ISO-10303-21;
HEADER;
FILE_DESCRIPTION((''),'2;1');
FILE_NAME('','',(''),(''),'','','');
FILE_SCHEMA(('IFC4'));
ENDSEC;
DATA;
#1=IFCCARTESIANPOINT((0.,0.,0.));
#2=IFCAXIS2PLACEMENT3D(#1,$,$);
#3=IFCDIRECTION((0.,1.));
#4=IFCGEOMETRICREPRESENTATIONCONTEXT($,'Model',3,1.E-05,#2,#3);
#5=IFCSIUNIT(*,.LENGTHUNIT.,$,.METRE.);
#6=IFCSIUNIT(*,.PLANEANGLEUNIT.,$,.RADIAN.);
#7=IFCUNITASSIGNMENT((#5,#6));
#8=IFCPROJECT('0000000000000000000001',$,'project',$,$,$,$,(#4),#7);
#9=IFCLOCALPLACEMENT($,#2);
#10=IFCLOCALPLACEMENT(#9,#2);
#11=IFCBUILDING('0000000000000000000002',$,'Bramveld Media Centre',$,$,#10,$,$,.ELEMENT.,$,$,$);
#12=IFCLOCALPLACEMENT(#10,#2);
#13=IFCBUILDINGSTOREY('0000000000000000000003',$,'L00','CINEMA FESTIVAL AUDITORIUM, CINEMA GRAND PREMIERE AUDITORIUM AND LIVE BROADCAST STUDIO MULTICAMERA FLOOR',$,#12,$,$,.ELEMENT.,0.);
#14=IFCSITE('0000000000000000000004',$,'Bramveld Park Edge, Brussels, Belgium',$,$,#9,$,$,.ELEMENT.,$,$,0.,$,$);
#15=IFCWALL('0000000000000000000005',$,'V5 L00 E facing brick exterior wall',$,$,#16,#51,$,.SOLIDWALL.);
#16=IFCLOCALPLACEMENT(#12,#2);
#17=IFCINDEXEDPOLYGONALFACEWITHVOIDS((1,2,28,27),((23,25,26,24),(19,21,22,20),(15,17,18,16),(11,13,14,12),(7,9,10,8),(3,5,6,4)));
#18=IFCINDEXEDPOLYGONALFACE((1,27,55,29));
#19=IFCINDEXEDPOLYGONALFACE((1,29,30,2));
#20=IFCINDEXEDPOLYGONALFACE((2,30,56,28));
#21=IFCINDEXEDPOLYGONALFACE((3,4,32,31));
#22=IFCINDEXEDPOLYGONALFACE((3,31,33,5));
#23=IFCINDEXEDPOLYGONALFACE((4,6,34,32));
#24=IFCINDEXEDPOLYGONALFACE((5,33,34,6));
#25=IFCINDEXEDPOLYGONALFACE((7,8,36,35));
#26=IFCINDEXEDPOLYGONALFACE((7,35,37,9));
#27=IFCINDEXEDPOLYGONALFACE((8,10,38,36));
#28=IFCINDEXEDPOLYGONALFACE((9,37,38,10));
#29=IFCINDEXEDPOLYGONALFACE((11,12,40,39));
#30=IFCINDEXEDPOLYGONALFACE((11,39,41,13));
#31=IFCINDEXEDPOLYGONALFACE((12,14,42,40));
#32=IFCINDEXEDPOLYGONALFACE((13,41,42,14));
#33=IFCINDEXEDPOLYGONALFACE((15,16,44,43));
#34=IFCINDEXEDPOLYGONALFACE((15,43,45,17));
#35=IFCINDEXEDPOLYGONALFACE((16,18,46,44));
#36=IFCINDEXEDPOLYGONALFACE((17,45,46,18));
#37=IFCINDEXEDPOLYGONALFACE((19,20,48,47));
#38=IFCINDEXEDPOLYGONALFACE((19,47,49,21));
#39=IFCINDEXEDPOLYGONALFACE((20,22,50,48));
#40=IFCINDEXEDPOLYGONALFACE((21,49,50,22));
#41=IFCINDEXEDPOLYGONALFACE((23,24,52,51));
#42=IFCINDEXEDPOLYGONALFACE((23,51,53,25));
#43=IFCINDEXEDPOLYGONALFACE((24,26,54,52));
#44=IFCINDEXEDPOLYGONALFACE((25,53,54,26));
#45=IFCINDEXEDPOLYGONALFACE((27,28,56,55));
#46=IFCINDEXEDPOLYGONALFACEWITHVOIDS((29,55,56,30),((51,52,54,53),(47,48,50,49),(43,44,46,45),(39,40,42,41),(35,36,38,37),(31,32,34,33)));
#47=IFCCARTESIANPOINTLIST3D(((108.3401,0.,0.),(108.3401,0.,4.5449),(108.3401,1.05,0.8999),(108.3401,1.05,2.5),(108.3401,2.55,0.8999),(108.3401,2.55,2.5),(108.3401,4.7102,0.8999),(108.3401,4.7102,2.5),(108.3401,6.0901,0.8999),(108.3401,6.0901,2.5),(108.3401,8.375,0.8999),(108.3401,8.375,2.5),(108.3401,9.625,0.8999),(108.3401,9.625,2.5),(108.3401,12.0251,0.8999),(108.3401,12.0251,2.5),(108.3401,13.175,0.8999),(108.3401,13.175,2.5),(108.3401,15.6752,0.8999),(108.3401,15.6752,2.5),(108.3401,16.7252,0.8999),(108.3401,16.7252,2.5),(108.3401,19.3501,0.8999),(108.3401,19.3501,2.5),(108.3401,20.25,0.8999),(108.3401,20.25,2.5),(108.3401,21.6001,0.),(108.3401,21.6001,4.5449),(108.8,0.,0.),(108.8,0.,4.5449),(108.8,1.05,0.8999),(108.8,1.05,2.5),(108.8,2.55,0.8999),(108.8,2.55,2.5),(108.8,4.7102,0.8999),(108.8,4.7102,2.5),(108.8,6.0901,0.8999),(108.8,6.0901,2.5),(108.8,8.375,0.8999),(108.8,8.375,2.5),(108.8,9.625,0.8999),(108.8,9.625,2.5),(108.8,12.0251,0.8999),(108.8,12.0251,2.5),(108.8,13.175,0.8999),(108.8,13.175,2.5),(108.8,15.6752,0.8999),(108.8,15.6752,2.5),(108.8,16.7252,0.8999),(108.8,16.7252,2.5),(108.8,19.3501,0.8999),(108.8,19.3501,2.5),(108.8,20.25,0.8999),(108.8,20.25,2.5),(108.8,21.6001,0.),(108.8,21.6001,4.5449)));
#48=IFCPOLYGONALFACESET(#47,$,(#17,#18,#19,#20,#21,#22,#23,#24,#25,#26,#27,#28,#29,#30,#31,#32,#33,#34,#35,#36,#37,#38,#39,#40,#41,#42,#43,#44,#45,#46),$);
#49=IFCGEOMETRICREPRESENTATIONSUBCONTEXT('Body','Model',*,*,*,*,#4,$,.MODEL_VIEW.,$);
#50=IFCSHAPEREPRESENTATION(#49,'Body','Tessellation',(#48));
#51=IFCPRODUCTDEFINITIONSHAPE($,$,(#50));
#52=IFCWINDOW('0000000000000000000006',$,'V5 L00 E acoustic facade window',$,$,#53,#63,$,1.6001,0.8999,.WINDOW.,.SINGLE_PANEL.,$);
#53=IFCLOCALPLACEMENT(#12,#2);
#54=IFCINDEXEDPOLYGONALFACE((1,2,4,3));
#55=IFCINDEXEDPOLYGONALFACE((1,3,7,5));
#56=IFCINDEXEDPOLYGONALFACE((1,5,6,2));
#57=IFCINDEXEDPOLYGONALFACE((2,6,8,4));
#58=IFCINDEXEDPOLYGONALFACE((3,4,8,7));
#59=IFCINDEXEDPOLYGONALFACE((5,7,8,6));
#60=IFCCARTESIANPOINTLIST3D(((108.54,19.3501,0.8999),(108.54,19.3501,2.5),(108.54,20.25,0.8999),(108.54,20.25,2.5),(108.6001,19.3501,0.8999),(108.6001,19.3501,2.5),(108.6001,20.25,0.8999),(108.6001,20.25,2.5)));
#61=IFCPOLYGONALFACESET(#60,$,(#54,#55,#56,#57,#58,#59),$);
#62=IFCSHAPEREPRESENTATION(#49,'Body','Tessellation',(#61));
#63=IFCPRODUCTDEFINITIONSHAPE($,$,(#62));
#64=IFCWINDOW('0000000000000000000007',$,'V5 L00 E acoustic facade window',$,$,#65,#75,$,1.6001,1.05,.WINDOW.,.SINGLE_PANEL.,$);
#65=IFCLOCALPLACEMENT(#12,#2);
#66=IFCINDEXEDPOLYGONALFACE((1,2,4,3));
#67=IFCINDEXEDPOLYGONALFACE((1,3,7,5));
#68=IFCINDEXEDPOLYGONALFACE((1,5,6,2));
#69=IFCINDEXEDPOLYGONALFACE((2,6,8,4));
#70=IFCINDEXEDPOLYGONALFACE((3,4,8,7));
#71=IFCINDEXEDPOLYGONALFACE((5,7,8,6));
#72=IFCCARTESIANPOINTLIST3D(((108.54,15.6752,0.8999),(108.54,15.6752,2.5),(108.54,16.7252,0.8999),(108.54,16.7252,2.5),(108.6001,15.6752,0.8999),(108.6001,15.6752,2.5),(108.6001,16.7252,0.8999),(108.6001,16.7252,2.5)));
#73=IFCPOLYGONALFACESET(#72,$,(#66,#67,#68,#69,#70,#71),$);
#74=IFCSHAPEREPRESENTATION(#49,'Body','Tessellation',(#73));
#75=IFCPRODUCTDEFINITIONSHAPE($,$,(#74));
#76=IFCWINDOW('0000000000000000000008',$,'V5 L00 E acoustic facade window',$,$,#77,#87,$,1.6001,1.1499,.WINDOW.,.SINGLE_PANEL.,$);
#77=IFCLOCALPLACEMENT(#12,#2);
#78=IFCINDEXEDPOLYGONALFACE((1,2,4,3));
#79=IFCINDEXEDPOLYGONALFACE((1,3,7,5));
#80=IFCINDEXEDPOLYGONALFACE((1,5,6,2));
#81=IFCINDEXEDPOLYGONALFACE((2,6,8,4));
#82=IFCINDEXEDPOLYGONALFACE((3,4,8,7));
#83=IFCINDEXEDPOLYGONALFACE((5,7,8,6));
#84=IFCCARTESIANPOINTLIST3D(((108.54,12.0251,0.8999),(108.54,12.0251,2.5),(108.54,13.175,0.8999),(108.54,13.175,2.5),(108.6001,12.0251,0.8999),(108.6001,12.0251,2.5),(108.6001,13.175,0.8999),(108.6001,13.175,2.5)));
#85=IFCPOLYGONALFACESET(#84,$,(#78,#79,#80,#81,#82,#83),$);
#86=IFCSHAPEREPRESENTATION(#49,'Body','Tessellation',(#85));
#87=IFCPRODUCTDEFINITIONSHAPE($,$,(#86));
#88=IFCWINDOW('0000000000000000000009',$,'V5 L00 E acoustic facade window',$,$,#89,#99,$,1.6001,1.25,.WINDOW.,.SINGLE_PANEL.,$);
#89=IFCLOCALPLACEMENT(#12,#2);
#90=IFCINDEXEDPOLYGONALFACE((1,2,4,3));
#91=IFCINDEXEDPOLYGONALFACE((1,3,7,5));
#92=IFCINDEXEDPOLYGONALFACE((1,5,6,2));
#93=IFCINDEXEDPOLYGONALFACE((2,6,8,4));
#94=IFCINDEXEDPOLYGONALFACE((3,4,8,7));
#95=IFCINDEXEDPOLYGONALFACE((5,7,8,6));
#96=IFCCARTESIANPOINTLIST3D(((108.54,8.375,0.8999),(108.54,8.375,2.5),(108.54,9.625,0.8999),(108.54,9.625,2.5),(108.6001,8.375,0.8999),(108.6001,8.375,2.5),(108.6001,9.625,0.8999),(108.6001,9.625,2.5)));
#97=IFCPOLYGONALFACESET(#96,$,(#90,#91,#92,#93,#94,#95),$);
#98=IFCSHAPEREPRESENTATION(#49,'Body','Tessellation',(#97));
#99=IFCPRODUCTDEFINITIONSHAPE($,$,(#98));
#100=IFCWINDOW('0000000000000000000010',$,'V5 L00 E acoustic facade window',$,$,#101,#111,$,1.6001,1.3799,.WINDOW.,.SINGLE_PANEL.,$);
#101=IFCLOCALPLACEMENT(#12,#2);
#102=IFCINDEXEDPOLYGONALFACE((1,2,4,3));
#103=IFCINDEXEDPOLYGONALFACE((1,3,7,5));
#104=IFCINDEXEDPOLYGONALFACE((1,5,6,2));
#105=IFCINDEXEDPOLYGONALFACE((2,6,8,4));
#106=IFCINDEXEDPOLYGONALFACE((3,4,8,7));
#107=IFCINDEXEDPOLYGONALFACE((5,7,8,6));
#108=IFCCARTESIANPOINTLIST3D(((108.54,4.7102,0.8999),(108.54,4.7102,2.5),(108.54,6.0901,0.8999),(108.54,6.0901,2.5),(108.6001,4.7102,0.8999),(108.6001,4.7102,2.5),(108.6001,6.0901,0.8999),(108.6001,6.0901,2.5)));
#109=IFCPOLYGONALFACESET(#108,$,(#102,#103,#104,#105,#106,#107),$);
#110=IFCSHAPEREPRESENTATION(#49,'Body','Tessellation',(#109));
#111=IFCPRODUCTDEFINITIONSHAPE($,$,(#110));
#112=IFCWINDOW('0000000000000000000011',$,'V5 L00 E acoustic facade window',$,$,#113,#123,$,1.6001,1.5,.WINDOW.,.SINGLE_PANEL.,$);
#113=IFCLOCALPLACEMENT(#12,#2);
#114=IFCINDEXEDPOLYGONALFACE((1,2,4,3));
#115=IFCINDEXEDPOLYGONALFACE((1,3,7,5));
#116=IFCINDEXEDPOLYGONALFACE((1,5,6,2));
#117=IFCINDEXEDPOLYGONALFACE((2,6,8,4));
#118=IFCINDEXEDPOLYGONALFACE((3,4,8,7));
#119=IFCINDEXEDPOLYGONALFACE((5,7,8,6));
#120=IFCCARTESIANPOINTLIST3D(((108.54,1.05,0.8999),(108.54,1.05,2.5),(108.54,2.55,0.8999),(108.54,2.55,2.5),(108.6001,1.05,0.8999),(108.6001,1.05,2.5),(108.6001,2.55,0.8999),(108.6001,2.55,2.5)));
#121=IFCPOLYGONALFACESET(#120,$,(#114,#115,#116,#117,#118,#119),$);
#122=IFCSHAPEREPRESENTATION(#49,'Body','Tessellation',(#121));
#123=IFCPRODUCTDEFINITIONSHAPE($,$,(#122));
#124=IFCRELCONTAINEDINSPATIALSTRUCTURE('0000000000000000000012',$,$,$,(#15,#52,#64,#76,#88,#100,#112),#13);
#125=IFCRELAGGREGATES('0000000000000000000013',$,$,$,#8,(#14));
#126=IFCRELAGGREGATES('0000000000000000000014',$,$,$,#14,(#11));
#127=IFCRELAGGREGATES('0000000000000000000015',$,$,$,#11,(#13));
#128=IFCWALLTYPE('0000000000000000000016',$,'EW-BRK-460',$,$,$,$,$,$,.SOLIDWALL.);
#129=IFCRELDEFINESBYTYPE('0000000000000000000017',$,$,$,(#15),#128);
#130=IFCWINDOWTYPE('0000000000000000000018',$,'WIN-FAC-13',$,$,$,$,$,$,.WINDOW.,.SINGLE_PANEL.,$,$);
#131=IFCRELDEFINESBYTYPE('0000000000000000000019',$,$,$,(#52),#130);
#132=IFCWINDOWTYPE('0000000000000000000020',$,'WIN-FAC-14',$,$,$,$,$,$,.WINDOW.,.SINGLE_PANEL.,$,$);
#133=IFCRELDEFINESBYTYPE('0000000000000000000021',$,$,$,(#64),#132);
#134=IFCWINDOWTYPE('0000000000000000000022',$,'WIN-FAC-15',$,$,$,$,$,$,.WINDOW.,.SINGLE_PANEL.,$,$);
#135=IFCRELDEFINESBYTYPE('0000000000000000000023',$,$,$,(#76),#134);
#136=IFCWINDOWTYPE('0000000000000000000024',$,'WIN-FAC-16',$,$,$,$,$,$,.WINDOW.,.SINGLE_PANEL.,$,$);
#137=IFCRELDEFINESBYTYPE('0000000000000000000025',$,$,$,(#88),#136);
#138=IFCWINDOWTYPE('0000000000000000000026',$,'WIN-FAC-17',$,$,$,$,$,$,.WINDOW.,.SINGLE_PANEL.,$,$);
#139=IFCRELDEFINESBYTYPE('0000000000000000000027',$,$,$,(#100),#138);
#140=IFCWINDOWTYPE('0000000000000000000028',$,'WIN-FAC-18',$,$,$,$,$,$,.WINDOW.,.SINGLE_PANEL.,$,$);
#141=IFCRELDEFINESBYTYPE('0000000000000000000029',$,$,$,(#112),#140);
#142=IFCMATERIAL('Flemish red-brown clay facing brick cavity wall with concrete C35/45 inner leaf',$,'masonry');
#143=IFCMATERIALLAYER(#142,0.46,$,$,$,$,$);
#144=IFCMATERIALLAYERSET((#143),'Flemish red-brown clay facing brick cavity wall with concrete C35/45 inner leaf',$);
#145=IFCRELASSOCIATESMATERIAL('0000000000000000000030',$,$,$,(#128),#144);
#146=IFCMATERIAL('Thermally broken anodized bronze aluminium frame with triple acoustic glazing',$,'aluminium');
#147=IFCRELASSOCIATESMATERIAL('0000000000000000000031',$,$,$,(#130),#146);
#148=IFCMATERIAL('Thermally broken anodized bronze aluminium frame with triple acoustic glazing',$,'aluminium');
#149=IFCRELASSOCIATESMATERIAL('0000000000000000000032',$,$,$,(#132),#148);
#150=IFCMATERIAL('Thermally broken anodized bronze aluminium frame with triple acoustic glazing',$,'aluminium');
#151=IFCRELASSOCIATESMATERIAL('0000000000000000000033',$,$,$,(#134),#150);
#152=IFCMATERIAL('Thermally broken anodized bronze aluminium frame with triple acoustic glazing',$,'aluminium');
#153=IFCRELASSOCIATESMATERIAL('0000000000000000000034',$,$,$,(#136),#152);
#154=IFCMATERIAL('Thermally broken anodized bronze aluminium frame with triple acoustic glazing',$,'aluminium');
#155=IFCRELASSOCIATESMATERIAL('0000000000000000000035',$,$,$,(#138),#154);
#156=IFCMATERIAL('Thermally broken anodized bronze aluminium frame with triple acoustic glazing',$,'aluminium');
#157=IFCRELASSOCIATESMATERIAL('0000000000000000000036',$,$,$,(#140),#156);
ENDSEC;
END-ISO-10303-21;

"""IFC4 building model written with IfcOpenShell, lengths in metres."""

from ifc_helpers import new_model, si_unit, direction, frame, frame_2d, origin, place, context, subcontext, project, spatial, rectangle, extrude, material, layer, layer_set, type_object, element, fill, save


model = new_model("IFC4")

# Units and contexts
model_context = context("Model", 3, precision=1e-05, world=origin(), true_north=direction((0.0, 1.0)))
body_context = subcontext(model_context, "Body", "Model", "MODEL_VIEW")
ifc_project = project(units=[si_unit("LENGTHUNIT", "METRE"), si_unit("PLANEANGLEUNIT", "RADIAN")], contexts=[model_context])

# Site, building, storey
site_placement = place(None, origin())
site = spatial("IfcSite", under=ifc_project, at=site_placement, Name="Bramveld Park Edge, Brussels, Belgium", CompositionType="ELEMENT", RefElevation=0.0)
building_placement = place(site_placement, origin())
building = spatial("IfcBuilding", under=site, at=building_placement, Name="Bramveld Media Centre", CompositionType="ELEMENT")
storey_placement = place(building_placement, origin())
storey = spatial("IfcBuildingStorey", under=building, at=storey_placement, Name="L00", Description="CINEMA FESTIVAL AUDITORIUM, CINEMA GRAND PREMIERE AUDITORIUM AND LIVE BROADCAST STUDIO MULTICAMERA FLOOR", CompositionType="ELEMENT", Elevation=0.0)

# Wall, openings, windows
ifc_material_1 = material(Name="Flemish red-brown clay facing brick cavity wall with concrete C35/45 inner leaf", Category="masonry")
ifc_layer = layer(ifc_material_1, 0.46)
ifc_layer_set = layer_set([ifc_layer], Name="Flemish red-brown clay facing brick cavity wall with concrete C35/45 inner leaf")
wall_type = type_object("IfcWallType", Name="EW-BRK-460", PredefinedType="SOLIDWALL", material=ifc_layer_set)
wall_placement = place(storey_placement, frame((108.5701, 21.6001, 0.0), z_axis=(0.0, 0.0, 1.0), x_axis=(0.0, -1.0, 0.0)))
wall = element("IfcWall", 1, at=wall_placement, inside=storey, type_object=wall_type, Name="V5 L00 E facing brick exterior wall", PredefinedType="SOLIDWALL", context=body_context, shape_type="SweptSolid", body=[
    extrude(rectangle(XDim=21.6001, YDim=0.46, at=frame_2d((10.8, 0.0))), origin(), (0.0, 0.0, 1.0), 4.5449),
])
opening_1_placement = place(wall_placement, frame((1.3501, 0.0, 0.8999)))
opening_1 = element("IfcOpeningElement", 2, at=opening_1_placement, cuts=wall, PredefinedType="OPENING", context=body_context, shape_type="SweptSolid", body=[
    extrude(rectangle(XDim=0.8999, YDim=1.6001, at=frame_2d((0.45, 0.8))), frame((0.0, 0.2419, 0.0), z_axis=(0.0, -1.0, 0.0), x_axis=(1.0, 0.0, 0.0)), (0.0, 0.0, 1.0), 0.4839),
])
opening_2_placement = place(wall_placement, frame((4.875, 0.0, 0.8999)))
opening_2 = element("IfcOpeningElement", 3, at=opening_2_placement, cuts=wall, PredefinedType="OPENING", context=body_context, shape_type="SweptSolid", body=[
    extrude(rectangle(XDim=1.05, YDim=1.6001, at=frame_2d((0.5249, 0.8))), frame((0.0, 0.2419, 0.0), z_axis=(0.0, -1.0, 0.0), x_axis=(1.0, 0.0, 0.0)), (0.0, 0.0, 1.0), 0.4839),
])
opening_3_placement = place(wall_placement, frame((8.425, 0.0, 0.8999)))
opening_3 = element("IfcOpeningElement", 4, at=opening_3_placement, cuts=wall, PredefinedType="OPENING", context=body_context, shape_type="SweptSolid", body=[
    extrude(rectangle(XDim=1.1499, YDim=1.6001, at=frame_2d((0.575, 0.8))), frame((0.0, 0.2419, 0.0), z_axis=(0.0, -1.0, 0.0), x_axis=(1.0, 0.0, 0.0)), (0.0, 0.0, 1.0), 0.4839),
])
opening_4_placement = place(wall_placement, frame((11.9751, 0.0, 0.8999)))
opening_4 = element("IfcOpeningElement", 5, at=opening_4_placement, cuts=wall, PredefinedType="OPENING", context=body_context, shape_type="SweptSolid", body=[
    extrude(rectangle(XDim=1.25, YDim=1.6001, at=frame_2d((0.625, 0.8))), frame((0.0, 0.2419, 0.0), z_axis=(0.0, -1.0, 0.0), x_axis=(1.0, 0.0, 0.0)), (0.0, 0.0, 1.0), 0.4839),
])
opening_5_placement = place(wall_placement, frame((15.51, 0.0, 0.8999)))
opening_5 = element("IfcOpeningElement", 6, at=opening_5_placement, cuts=wall, PredefinedType="OPENING", context=body_context, shape_type="SweptSolid", body=[
    extrude(rectangle(XDim=1.3799, YDim=1.6001, at=frame_2d((0.6899, 0.8))), frame((0.0, 0.2419, 0.0), z_axis=(0.0, -1.0, 0.0), x_axis=(1.0, 0.0, 0.0)), (0.0, 0.0, 1.0), 0.4839),
])
opening_6_placement = place(wall_placement, frame((19.05, 0.0, 0.8999)))
opening_6 = element("IfcOpeningElement", 7, at=opening_6_placement, cuts=wall, PredefinedType="OPENING", context=body_context, shape_type="SweptSolid", body=[
    extrude(rectangle(XDim=1.5, YDim=1.6001, at=frame_2d((0.75, 0.8))), frame((0.0, 0.2419, 0.0), z_axis=(0.0, -1.0, 0.0), x_axis=(1.0, 0.0, 0.0)), (0.0, 0.0, 1.0), 0.4839),
])
ifc_material_2 = material(Name="Thermally broken anodized bronze aluminium frame with triple acoustic glazing", Category="aluminium")
window_type_1 = type_object("IfcWindowType", Name="WIN-FAC-13", PartitioningType="SINGLE_PANEL", PredefinedType="WINDOW", material=ifc_material_2)
window_1_placement = place(opening_1_placement, origin())
window_1 = element("IfcWindow", 8, at=window_1_placement, inside=storey, type_object=window_type_1, Name="V5 L00 E acoustic facade window", OverallHeight=1.6001, OverallWidth=0.8999, PartitioningType="SINGLE_PANEL", PredefinedType="WINDOW", context=body_context, shape_type="SweptSolid", body=[
    extrude(rectangle(XDim=0.8999, YDim=1.6001, at=frame_2d((0.45, 0.8))), frame((0.0, 0.03, 0.0), z_axis=(0.0, -1.0, 0.0), x_axis=(1.0, 0.0, 0.0)), (0.0, 0.0, 1.0), 0.0601),
])
fill(opening_1, window_1)
ifc_material_3 = material(Name="Thermally broken anodized bronze aluminium frame with triple acoustic glazing", Category="aluminium")
window_type_2 = type_object("IfcWindowType", Name="WIN-FAC-14", PartitioningType="SINGLE_PANEL", PredefinedType="WINDOW", material=ifc_material_3)
window_2_placement = place(opening_2_placement, origin())
window_2 = element("IfcWindow", 9, at=window_2_placement, inside=storey, type_object=window_type_2, Name="V5 L00 E acoustic facade window", OverallHeight=1.6001, OverallWidth=1.05, PartitioningType="SINGLE_PANEL", PredefinedType="WINDOW", context=body_context, shape_type="SweptSolid", body=[
    extrude(rectangle(XDim=1.05, YDim=1.6001, at=frame_2d((0.5249, 0.8))), frame((0.0, 0.03, 0.0), z_axis=(0.0, -1.0, 0.0), x_axis=(1.0, 0.0, 0.0)), (0.0, 0.0, 1.0), 0.0601),
])
fill(opening_2, window_2)
ifc_material_4 = material(Name="Thermally broken anodized bronze aluminium frame with triple acoustic glazing", Category="aluminium")
window_type_3 = type_object("IfcWindowType", Name="WIN-FAC-15", PartitioningType="SINGLE_PANEL", PredefinedType="WINDOW", material=ifc_material_4)
window_3_placement = place(opening_3_placement, origin())
window_3 = element("IfcWindow", 10, at=window_3_placement, inside=storey, type_object=window_type_3, Name="V5 L00 E acoustic facade window", OverallHeight=1.6001, OverallWidth=1.1499, PartitioningType="SINGLE_PANEL", PredefinedType="WINDOW", context=body_context, shape_type="SweptSolid", body=[
    extrude(rectangle(XDim=1.1499, YDim=1.6001, at=frame_2d((0.575, 0.8))), frame((0.0, 0.03, 0.0), z_axis=(0.0, -1.0, 0.0), x_axis=(1.0, 0.0, 0.0)), (0.0, 0.0, 1.0), 0.0601),
])
fill(opening_3, window_3)
ifc_material_5 = material(Name="Thermally broken anodized bronze aluminium frame with triple acoustic glazing", Category="aluminium")
window_type_4 = type_object("IfcWindowType", Name="WIN-FAC-16", PartitioningType="SINGLE_PANEL", PredefinedType="WINDOW", material=ifc_material_5)
window_4_placement = place(opening_4_placement, origin())
window_4 = element("IfcWindow", 11, at=window_4_placement, inside=storey, type_object=window_type_4, Name="V5 L00 E acoustic facade window", OverallHeight=1.6001, OverallWidth=1.25, PartitioningType="SINGLE_PANEL", PredefinedType="WINDOW", context=body_context, shape_type="SweptSolid", body=[
    extrude(rectangle(XDim=1.25, YDim=1.6001, at=frame_2d((0.625, 0.8))), frame((0.0, 0.03, 0.0), z_axis=(0.0, -1.0, 0.0), x_axis=(1.0, 0.0, 0.0)), (0.0, 0.0, 1.0), 0.0601),
])
fill(opening_4, window_4)
ifc_material_6 = material(Name="Thermally broken anodized bronze aluminium frame with triple acoustic glazing", Category="aluminium")
window_type_5 = type_object("IfcWindowType", Name="WIN-FAC-17", PartitioningType="SINGLE_PANEL", PredefinedType="WINDOW", material=ifc_material_6)
window_5_placement = place(opening_5_placement, origin())
window_5 = element("IfcWindow", 12, at=window_5_placement, inside=storey, type_object=window_type_5, Name="V5 L00 E acoustic facade window", OverallHeight=1.6001, OverallWidth=1.3799, PartitioningType="SINGLE_PANEL", PredefinedType="WINDOW", context=body_context, shape_type="SweptSolid", body=[
    extrude(rectangle(XDim=1.3799, YDim=1.6001, at=frame_2d((0.6899, 0.8))), frame((0.0, 0.03, 0.0), z_axis=(0.0, -1.0, 0.0), x_axis=(1.0, 0.0, 0.0)), (0.0, 0.0, 1.0), 0.0601),
])
fill(opening_5, window_5)
ifc_material_7 = material(Name="Thermally broken anodized bronze aluminium frame with triple acoustic glazing", Category="aluminium")
window_type_6 = type_object("IfcWindowType", Name="WIN-FAC-18", PartitioningType="SINGLE_PANEL", PredefinedType="WINDOW", material=ifc_material_7)
window_6_placement = place(opening_6_placement, origin())
window_6 = element("IfcWindow", 13, at=window_6_placement, inside=storey, type_object=window_type_6, Name="V5 L00 E acoustic facade window", OverallHeight=1.6001, OverallWidth=1.5, PartitioningType="SINGLE_PANEL", PredefinedType="WINDOW", context=body_context, shape_type="SweptSolid", body=[
    extrude(rectangle(XDim=1.5, YDim=1.6001, at=frame_2d((0.75, 0.8))), frame((0.0, 0.03, 0.0), z_axis=(0.0, -1.0, 0.0), x_axis=(1.0, 0.0, 0.0)), (0.0, 0.0, 1.0), 0.0601),
])
fill(opening_6, window_6)

save(model, "model.ifc")
